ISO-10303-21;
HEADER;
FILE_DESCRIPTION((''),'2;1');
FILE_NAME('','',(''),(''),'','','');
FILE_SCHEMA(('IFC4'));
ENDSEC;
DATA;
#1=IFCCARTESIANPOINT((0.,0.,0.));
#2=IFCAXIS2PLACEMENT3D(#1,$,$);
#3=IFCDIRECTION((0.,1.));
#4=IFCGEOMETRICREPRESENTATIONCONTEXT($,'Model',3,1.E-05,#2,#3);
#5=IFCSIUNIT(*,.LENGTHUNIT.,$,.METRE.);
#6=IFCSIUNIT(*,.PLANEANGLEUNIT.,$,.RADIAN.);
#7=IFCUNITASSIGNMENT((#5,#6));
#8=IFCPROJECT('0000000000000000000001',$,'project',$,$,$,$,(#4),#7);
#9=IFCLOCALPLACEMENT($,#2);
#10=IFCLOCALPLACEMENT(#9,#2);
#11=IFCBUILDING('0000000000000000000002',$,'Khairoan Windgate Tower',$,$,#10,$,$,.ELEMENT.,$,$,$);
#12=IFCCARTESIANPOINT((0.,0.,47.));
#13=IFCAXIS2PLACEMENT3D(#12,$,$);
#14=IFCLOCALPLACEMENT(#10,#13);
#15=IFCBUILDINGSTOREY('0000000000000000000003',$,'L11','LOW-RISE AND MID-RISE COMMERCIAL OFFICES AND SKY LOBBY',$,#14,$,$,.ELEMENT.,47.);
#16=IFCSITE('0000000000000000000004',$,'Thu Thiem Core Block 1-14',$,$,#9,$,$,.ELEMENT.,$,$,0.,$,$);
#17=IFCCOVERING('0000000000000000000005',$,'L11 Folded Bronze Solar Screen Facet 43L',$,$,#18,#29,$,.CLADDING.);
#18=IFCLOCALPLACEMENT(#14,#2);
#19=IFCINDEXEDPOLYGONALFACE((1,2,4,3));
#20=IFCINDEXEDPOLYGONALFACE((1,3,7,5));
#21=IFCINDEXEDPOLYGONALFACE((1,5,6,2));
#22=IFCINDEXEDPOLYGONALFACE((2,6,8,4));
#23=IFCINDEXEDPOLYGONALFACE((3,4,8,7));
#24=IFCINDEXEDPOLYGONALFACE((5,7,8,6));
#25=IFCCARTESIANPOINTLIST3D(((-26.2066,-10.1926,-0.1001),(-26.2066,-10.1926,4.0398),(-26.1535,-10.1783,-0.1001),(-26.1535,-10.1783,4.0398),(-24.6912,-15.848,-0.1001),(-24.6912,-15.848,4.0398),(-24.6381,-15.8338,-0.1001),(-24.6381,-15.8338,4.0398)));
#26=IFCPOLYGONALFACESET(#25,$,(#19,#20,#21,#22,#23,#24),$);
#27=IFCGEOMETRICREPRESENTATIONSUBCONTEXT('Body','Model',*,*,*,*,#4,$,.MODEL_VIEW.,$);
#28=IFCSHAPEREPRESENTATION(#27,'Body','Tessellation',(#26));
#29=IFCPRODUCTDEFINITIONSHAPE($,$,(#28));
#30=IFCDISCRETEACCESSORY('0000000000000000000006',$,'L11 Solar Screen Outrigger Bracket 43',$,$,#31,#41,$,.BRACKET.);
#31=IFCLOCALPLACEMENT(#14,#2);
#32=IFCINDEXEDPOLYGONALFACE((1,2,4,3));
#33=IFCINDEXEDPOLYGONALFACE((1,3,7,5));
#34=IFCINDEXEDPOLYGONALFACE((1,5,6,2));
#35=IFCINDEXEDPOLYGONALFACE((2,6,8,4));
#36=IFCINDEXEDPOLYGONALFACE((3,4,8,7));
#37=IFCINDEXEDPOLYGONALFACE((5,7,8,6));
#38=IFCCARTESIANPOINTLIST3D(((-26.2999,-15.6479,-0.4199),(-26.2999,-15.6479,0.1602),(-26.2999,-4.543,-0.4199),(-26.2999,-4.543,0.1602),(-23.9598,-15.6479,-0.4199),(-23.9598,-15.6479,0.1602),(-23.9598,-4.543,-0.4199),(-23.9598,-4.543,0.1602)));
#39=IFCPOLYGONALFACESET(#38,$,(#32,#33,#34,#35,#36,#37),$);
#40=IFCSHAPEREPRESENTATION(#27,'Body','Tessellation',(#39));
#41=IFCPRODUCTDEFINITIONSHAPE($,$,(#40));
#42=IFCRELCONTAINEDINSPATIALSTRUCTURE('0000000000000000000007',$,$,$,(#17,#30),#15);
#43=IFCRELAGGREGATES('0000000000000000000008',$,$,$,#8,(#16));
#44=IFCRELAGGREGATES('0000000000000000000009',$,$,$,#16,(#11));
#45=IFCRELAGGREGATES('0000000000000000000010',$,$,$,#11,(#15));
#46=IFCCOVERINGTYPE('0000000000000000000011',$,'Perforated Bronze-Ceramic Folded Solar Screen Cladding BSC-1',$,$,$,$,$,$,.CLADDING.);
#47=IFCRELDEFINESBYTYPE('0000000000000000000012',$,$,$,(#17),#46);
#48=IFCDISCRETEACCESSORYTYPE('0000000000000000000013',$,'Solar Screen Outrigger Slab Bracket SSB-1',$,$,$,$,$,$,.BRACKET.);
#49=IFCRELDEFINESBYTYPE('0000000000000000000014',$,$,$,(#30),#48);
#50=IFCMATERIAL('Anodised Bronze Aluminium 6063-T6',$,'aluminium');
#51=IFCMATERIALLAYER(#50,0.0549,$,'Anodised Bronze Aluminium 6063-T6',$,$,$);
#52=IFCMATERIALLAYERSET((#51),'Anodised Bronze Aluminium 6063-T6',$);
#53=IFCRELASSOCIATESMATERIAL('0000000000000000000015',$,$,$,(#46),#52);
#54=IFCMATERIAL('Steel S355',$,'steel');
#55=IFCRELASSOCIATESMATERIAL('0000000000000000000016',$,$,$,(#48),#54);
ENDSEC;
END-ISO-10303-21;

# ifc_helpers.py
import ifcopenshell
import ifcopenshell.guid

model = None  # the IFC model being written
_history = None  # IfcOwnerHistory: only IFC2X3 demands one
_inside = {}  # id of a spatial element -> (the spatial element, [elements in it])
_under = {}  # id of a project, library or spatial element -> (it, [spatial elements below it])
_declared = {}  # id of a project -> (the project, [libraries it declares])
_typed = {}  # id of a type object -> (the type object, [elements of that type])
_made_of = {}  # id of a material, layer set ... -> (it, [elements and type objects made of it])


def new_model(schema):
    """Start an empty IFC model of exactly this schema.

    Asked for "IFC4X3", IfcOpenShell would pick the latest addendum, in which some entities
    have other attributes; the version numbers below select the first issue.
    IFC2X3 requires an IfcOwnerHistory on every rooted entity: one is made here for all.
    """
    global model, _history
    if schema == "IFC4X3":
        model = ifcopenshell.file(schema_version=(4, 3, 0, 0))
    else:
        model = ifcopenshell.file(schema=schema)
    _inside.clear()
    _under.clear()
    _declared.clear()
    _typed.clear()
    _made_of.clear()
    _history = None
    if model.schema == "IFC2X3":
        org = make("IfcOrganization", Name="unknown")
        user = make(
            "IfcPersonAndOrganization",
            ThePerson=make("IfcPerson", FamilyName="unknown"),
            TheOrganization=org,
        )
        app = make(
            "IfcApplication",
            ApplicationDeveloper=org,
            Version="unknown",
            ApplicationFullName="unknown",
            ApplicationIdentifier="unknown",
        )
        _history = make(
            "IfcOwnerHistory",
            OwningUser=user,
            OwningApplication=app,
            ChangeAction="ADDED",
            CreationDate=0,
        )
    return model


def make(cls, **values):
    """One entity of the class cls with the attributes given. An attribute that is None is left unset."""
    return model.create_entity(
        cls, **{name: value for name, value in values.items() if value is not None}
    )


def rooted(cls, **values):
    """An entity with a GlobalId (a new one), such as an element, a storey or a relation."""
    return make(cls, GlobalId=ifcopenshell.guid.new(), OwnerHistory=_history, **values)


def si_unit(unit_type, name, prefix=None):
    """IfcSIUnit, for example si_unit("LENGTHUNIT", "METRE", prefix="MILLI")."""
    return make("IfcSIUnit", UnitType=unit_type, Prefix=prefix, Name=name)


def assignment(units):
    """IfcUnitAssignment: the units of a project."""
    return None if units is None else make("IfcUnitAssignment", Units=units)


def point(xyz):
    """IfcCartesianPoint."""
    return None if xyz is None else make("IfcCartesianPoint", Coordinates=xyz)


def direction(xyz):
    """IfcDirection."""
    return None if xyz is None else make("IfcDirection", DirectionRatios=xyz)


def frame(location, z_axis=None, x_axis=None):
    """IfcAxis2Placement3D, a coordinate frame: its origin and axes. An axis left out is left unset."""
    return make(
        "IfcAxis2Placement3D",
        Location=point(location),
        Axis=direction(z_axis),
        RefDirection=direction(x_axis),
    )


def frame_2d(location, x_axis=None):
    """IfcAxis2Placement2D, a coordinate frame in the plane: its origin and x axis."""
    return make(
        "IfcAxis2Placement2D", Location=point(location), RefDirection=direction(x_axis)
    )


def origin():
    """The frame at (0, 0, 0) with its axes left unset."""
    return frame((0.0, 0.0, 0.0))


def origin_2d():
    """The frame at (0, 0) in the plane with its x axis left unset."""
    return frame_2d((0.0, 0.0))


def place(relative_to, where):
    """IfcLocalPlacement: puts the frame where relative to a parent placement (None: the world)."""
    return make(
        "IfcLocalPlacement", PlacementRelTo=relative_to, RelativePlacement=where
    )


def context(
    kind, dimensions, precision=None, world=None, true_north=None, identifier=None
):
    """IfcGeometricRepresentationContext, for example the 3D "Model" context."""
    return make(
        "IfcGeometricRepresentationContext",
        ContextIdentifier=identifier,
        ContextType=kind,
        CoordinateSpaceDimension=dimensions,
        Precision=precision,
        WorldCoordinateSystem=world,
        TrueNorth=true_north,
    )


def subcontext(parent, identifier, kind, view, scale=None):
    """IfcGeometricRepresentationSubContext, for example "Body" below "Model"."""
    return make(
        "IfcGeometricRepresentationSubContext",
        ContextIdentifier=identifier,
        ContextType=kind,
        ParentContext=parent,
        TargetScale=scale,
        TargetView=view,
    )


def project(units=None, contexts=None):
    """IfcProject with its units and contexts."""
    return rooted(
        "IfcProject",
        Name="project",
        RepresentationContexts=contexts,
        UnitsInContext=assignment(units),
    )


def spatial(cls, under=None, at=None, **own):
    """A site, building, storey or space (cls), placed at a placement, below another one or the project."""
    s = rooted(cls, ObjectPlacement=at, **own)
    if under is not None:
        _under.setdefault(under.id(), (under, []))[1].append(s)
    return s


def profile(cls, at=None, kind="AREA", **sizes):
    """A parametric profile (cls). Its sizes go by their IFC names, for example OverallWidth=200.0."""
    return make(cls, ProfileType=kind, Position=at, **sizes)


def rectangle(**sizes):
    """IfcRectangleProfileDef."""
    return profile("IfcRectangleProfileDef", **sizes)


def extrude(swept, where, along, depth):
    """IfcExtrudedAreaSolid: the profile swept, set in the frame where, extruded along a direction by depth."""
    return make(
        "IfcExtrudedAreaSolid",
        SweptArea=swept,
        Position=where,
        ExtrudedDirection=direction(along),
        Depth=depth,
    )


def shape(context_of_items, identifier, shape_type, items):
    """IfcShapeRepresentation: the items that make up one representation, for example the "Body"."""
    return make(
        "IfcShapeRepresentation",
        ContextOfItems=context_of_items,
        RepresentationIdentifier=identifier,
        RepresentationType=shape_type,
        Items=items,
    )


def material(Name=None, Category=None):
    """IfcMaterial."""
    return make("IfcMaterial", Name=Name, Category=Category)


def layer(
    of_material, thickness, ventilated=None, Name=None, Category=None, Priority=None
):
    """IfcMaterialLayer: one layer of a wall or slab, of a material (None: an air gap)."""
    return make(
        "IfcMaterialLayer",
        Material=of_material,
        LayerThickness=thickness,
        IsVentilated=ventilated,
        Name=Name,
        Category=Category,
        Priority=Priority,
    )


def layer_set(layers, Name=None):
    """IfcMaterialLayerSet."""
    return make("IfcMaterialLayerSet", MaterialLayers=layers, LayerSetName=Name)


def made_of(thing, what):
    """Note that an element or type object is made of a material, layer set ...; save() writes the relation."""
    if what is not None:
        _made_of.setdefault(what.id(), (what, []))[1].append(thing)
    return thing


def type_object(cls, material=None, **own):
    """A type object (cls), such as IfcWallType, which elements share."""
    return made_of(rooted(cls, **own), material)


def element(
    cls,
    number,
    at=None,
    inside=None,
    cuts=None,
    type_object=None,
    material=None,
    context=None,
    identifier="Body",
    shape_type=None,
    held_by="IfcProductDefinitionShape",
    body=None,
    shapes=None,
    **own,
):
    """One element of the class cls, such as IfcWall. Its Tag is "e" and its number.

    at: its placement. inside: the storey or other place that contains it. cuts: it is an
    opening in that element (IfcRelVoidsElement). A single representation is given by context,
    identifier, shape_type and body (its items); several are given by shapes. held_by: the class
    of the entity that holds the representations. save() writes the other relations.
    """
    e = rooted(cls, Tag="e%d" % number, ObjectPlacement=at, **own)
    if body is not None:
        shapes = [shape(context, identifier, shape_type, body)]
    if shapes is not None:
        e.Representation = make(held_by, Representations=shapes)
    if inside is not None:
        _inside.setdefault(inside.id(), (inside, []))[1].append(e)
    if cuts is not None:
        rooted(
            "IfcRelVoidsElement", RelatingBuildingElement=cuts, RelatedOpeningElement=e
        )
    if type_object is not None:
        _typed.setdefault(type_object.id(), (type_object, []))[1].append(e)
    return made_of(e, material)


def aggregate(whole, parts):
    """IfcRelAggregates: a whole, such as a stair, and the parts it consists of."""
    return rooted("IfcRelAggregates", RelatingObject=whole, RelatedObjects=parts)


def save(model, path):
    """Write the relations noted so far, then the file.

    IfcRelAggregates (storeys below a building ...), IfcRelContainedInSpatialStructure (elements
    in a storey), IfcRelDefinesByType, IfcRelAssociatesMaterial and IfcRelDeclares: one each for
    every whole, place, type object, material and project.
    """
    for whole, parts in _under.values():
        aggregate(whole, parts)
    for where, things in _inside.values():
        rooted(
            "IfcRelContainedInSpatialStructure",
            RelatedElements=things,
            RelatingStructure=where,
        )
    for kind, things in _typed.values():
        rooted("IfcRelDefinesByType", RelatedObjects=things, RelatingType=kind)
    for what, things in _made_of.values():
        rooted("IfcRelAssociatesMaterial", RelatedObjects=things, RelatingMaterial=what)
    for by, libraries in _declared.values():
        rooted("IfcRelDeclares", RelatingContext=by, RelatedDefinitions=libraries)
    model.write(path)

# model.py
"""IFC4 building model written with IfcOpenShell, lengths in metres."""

from ifc_helpers import new_model, si_unit, direction, frame, origin, origin_2d, place, context, subcontext, project, spatial, rectangle, extrude, material, layer, layer_set, type_object, element, save


model = new_model("IFC4")

# Units and contexts
model_context = context("Model", 3, precision=1e-05, world=origin(), true_north=direction((0.0, 1.0)))
body_context = subcontext(model_context, "Body", "Model", "MODEL_VIEW")
ifc_project = project(units=[si_unit("LENGTHUNIT", "METRE"), si_unit("PLANEANGLEUNIT", "RADIAN")], contexts=[model_context])

# Site, building, storey
site_placement = place(None, origin())
site = spatial("IfcSite", under=ifc_project, at=site_placement, Name="Thu Thiem Core Block 1-14", CompositionType="ELEMENT", RefElevation=0.0)
building_placement = place(site_placement, origin())
building = spatial("IfcBuilding", under=site, at=building_placement, Name="Khairoan Windgate Tower", CompositionType="ELEMENT")
storey_placement = place(building_placement, frame((0.0, 0.0, 47.0)))
storey = spatial("IfcBuildingStorey", under=building, at=storey_placement, Name="L11", Description="LOW-RISE AND MID-RISE COMMERCIAL OFFICES AND SKY LOBBY", CompositionType="ELEMENT", Elevation=47.0)

# Covering
ifc_material_1 = material(Name="Anodised Bronze Aluminium 6063-T6", Category="aluminium")
ifc_layer_1 = layer(ifc_material_1, 0.0549, Name="Anodised Bronze Aluminium 6063-T6")
ifc_layer_set_1 = layer_set([ifc_layer_1], Name="Anodised Bronze Aluminium 6063-T6")
covering_type = type_object("IfcCoveringType", Name="Perforated Bronze-Ceramic Folded Solar Screen Cladding BSC-1", PredefinedType="CLADDING", material=ifc_layer_set_1)
covering_placement = place(storey_placement, frame((-25.4224, -13.0132, -0.1001), z_axis=(0.0, 0.0, 1.0), x_axis=(-0.258819, 0.965926, 0.0)))
element("IfcCovering", 1, at=covering_placement, inside=storey, type_object=covering_type, Name="L11 Folded Bronze Solar Screen Facet 43L", PredefinedType="CLADDING", context=body_context, shape_type="SweptSolid", body=[
    extrude(rectangle(XDim=5.855, YDim=0.0549, at=origin_2d()), origin(), (0.0, 0.0, 1.0), 4.1399),
])

# Discrete accessory
ifc_material_2 = material(Name="Steel S355", Category="steel")
discrete_accessory_type = type_object("IfcDiscreteAccessoryType", Name="Solar Screen Outrigger Slab Bracket SSB-1", PredefinedType="BRACKET", material=ifc_material_2)
discrete_accessory_placement = place(storey_placement, frame((-25.1299, -10.0955, -0.4199), z_axis=(0.0, 0.0, 1.0), x_axis=(0.0, 1.0, 0.0)))
element("IfcDiscreteAccessory", 2, at=discrete_accessory_placement, inside=storey, type_object=discrete_accessory_type, Name="L11 Solar Screen Outrigger Bracket 43", PredefinedType="BRACKET", context=body_context, shape_type="SweptSolid", body=[
    extrude(rectangle(XDim=11.105, YDim=2.3401, at=origin_2d()), origin(), (0.0, 0.0, 1.0), 0.5801),
])

save(model, "model.ifc")
